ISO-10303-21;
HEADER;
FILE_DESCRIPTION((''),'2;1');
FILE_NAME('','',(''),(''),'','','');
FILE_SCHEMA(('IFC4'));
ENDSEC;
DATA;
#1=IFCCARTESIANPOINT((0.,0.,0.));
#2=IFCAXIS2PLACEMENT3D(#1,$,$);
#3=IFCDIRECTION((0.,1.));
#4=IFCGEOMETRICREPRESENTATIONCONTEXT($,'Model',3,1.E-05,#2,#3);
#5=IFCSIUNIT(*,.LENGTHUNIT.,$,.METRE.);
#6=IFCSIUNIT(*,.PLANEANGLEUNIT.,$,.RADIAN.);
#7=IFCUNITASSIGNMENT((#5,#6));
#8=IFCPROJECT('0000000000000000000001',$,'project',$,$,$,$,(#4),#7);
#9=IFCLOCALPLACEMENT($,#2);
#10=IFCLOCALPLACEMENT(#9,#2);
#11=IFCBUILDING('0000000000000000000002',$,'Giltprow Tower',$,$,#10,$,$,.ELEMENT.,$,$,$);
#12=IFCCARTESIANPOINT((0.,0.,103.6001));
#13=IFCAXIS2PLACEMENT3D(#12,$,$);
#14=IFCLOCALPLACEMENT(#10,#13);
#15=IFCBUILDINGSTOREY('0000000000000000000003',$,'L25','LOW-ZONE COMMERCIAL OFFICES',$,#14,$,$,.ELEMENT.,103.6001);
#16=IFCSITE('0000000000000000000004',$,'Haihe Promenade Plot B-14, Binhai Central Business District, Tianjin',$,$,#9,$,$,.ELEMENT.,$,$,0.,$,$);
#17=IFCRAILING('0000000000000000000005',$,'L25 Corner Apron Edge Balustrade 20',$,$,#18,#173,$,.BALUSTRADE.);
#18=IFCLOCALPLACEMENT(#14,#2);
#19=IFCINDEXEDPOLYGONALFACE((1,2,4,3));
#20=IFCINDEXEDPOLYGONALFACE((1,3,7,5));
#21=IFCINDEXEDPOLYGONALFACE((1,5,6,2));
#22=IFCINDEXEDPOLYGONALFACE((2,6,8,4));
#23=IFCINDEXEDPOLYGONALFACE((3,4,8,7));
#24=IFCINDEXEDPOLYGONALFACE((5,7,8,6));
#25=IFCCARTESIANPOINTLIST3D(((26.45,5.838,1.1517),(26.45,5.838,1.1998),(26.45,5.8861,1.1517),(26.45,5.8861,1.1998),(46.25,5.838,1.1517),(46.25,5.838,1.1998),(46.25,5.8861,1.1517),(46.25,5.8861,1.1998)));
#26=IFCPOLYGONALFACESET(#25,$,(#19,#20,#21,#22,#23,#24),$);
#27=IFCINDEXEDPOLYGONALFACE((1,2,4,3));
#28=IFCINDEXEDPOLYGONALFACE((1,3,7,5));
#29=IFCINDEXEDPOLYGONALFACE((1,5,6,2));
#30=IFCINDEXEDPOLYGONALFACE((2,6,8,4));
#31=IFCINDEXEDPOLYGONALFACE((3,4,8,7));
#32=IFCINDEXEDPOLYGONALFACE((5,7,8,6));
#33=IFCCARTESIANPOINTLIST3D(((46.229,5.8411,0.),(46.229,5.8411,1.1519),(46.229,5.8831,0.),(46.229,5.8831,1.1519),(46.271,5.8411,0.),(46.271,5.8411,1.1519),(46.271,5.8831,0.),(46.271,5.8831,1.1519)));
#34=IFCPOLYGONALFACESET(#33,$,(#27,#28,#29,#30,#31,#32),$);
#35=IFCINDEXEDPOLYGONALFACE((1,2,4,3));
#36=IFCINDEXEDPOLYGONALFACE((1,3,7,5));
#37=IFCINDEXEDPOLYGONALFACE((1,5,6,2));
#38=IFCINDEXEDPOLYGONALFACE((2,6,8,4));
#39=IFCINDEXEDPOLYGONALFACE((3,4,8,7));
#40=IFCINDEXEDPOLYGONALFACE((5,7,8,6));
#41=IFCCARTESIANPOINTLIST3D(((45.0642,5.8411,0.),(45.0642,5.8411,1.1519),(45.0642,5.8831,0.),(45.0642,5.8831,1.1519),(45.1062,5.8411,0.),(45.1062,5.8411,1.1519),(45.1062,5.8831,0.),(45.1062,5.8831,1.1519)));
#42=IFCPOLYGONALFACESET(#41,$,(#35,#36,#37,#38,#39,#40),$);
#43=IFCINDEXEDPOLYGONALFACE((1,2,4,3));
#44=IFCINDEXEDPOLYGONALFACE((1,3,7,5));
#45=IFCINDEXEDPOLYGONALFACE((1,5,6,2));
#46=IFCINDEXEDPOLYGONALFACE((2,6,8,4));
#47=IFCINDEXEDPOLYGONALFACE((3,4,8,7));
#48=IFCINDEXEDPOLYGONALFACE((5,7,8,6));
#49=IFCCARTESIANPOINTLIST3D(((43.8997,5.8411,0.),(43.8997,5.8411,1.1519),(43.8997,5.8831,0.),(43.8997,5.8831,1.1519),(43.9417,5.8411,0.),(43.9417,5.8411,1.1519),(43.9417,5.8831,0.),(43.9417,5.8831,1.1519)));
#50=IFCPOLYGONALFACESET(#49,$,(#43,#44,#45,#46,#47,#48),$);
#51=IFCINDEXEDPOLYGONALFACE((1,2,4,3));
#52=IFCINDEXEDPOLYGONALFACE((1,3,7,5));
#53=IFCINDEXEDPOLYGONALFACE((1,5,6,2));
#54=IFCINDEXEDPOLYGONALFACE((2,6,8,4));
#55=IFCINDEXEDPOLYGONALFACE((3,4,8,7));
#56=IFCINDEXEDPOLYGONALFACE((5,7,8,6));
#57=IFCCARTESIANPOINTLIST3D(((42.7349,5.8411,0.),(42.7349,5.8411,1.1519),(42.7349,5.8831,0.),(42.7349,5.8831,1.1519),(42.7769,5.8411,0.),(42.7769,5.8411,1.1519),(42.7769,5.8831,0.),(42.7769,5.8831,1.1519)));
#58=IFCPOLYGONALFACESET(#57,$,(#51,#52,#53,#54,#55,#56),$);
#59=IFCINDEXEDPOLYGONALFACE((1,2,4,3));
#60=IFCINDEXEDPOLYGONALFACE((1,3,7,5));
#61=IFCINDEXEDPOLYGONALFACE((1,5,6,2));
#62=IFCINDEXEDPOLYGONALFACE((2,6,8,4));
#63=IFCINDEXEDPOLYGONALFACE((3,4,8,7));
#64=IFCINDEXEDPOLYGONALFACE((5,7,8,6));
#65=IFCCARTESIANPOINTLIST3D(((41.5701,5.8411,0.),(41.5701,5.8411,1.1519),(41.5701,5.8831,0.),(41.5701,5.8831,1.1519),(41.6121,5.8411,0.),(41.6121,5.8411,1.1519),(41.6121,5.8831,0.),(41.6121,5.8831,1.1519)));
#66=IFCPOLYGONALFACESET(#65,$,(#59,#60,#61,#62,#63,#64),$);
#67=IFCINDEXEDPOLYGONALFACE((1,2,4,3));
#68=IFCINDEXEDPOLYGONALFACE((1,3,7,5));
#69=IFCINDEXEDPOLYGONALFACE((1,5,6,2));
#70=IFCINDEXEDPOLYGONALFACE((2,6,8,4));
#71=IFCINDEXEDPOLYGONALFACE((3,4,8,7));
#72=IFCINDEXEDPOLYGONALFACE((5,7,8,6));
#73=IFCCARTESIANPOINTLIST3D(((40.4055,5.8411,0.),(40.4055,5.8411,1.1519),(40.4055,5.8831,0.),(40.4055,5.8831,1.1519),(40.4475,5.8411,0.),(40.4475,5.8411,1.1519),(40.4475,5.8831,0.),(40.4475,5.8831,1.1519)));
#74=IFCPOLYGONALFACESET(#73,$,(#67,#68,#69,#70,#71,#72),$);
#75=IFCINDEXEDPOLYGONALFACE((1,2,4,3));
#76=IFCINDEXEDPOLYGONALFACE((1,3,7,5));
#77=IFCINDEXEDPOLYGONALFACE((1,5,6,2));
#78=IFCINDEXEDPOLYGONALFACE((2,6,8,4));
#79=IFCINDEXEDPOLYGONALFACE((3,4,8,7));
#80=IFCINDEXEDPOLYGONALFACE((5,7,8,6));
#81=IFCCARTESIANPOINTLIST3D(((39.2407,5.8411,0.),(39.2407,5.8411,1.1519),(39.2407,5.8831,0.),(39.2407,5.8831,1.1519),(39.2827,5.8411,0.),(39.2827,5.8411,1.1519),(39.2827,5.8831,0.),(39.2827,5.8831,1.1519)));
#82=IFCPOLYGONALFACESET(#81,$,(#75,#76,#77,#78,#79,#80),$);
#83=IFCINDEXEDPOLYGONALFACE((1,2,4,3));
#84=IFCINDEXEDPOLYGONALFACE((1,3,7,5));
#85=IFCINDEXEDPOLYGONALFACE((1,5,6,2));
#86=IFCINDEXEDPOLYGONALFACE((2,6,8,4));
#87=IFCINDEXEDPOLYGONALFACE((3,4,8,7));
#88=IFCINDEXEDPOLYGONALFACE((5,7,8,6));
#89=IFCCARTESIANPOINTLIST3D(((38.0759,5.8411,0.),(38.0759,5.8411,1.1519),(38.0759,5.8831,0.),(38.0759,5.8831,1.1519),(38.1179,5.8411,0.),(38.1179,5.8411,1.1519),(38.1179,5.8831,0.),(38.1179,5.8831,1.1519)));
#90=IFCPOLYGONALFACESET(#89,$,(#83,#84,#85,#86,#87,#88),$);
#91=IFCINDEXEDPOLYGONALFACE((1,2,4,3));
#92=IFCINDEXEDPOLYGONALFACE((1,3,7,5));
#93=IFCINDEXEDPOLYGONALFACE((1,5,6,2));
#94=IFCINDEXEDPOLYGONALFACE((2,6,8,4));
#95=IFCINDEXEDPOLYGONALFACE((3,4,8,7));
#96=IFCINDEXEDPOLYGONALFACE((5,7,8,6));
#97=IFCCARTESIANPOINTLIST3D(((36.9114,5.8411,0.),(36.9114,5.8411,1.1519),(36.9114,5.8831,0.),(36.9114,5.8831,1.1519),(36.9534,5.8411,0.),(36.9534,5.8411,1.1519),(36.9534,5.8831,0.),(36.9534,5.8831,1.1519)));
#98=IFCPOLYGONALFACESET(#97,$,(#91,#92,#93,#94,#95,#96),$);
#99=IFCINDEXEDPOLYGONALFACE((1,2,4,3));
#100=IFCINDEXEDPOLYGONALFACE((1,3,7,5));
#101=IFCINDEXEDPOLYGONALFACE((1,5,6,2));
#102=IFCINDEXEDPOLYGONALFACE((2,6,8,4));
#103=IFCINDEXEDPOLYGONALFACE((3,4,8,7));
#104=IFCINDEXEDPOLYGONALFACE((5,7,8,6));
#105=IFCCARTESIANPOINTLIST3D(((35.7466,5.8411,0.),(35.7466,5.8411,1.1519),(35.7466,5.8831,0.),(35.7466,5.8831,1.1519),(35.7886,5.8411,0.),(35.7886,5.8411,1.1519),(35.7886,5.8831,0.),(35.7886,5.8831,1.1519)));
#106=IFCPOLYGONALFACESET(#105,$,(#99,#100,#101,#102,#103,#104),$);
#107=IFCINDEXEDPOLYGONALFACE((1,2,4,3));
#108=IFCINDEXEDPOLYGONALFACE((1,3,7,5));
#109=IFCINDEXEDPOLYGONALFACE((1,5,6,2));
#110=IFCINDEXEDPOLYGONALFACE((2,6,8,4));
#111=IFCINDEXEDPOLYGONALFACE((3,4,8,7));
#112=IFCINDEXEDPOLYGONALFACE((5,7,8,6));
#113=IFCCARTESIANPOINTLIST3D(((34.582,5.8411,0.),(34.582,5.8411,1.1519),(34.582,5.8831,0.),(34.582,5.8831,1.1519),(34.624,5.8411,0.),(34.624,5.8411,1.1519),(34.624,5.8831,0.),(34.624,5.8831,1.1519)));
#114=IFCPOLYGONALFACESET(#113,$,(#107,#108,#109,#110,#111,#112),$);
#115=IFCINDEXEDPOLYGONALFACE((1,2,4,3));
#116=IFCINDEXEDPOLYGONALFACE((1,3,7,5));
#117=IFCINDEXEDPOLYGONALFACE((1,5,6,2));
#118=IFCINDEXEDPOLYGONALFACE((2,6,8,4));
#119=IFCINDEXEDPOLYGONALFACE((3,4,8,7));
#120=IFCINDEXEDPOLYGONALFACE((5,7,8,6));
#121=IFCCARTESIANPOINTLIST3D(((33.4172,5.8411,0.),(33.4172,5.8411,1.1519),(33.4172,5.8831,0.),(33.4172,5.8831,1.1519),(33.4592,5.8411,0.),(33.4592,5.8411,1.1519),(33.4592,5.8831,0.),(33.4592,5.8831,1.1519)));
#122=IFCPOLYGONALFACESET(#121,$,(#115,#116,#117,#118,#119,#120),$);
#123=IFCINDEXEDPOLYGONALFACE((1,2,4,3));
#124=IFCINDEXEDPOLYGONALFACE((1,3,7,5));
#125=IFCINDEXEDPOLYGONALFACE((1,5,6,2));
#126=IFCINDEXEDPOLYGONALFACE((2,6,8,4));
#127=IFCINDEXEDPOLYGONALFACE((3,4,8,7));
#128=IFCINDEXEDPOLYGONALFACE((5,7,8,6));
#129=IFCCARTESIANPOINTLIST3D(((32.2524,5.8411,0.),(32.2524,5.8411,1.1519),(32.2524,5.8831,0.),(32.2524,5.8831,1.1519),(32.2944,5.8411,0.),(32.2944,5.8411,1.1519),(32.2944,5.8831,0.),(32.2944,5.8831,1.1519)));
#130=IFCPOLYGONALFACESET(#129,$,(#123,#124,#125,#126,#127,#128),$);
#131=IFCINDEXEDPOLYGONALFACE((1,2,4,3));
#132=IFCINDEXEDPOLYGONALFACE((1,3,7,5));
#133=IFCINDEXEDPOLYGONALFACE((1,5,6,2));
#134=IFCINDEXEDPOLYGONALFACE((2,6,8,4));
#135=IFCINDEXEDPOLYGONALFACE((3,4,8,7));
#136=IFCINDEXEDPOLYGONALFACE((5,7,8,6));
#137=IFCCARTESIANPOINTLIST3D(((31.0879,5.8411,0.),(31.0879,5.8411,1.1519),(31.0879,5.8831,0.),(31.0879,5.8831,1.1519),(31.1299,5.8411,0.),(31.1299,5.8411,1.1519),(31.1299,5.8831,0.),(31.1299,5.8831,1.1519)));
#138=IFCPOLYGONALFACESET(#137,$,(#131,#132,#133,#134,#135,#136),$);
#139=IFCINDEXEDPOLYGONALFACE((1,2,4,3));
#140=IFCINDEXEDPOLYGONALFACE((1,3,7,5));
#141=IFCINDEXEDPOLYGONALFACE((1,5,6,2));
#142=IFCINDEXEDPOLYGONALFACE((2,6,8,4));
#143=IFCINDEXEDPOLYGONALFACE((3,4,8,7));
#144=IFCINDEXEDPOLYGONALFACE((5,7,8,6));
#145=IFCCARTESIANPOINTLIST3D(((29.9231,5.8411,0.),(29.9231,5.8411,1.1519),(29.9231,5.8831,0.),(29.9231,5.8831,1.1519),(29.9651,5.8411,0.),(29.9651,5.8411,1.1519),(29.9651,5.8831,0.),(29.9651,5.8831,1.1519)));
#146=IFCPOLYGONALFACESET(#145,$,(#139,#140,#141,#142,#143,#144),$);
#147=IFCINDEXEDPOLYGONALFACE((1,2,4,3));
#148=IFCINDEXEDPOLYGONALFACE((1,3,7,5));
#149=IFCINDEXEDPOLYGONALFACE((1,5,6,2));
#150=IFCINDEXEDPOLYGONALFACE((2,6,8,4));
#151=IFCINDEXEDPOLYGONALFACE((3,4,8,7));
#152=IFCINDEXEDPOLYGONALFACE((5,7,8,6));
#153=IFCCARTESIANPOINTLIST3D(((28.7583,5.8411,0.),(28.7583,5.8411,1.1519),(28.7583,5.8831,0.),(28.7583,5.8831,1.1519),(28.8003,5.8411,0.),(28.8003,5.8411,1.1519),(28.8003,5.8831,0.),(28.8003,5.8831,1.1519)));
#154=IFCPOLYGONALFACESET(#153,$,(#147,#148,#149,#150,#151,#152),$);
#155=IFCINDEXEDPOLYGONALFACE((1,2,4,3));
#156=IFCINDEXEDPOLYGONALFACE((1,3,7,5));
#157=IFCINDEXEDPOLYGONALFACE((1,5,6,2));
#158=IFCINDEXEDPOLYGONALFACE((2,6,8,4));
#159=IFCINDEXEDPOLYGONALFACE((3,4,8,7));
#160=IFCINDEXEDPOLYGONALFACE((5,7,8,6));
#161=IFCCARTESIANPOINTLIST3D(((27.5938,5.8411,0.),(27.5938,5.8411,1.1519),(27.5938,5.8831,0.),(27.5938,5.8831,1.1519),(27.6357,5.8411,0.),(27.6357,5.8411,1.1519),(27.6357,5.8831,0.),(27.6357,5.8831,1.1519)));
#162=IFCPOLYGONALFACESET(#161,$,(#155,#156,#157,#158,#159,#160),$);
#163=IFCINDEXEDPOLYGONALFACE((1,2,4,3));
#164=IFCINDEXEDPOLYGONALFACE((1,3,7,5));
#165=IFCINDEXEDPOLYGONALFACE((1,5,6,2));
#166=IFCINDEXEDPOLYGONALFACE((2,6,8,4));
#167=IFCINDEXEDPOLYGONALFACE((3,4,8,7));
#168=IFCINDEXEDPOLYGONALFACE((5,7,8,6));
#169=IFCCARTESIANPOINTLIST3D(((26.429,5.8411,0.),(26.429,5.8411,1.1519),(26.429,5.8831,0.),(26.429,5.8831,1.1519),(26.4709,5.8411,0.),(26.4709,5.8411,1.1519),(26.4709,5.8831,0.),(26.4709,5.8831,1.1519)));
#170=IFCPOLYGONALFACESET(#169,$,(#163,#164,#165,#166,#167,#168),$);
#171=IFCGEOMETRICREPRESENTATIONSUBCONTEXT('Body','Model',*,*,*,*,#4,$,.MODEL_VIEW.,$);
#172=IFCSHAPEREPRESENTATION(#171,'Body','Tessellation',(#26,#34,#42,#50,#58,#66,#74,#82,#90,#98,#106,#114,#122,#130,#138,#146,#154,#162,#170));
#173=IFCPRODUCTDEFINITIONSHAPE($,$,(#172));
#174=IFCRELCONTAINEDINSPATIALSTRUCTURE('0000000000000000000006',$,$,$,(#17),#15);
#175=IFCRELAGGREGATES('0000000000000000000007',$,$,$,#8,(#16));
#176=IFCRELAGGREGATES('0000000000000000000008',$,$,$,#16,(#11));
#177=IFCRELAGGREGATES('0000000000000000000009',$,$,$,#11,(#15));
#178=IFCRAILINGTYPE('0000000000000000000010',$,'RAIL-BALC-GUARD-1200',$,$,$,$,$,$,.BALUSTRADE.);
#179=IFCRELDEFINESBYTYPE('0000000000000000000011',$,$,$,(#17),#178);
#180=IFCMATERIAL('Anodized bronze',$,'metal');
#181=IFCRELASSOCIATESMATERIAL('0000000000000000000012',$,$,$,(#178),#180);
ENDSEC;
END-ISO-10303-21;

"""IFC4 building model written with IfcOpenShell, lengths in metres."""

from ifc_helpers import new_model, si_unit, direction, frame, origin, origin_2d, place, context, subcontext, project, spatial, rectangle, extrude, material, type_object, element, save


model = new_model("IFC4")

# Units and contexts
model_context = context("Model", 3, precision=1e-05, world=origin(), true_north=direction((0.0, 1.0)))
body_context = subcontext(model_context, "Body", "Model", "MODEL_VIEW")
ifc_project = project(units=[si_unit("LENGTHUNIT", "METRE"), si_unit("PLANEANGLEUNIT", "RADIAN")], contexts=[model_context])

# Site, building, storey
site_placement = place(None, origin())
site = spatial("IfcSite", under=ifc_project, at=site_placement, Name="Haihe Promenade Plot B-14, Binhai Central Business District, Tianjin", CompositionType="ELEMENT", RefElevation=0.0)
building_placement = place(site_placement, origin())
building = spatial("IfcBuilding", under=site, at=building_placement, Name="Giltprow Tower", CompositionType="ELEMENT")
storey_placement = place(building_placement, frame((0.0, 0.0, 103.6001)))
storey = spatial("IfcBuildingStorey", under=building, at=storey_placement, Name="L25", Description="LOW-ZONE COMMERCIAL OFFICES", CompositionType="ELEMENT", Elevation=103.6001)

# Shared definitions
ifc_material_1 = material(Name="Anodized bronze", Category="metal")

# Railing
railing_type = type_object("IfcRailingType", Name="RAIL-BALC-GUARD-1200", PredefinedType="BALUSTRADE", material=ifc_material_1)
railing_1_placement = place(storey_placement, frame((46.25, 5.8621, 0.0)))
element("IfcRailing", 1, at=railing_1_placement, inside=storey, type_object=railing_type, Name="L25 Corner Apron Edge Balustrade 20", PredefinedType="BALUSTRADE", context=body_context, shape_type="SweptSolid", body=[
    extrude(rectangle(XDim=0.0481, YDim=0.0481, at=origin_2d()), frame((0.0, 0.0, 1.1758), z_axis=(-1.0, 0.0, 0.0), x_axis=(0.0, -1.0, 0.0)), (0.0, 0.0, 1.0), 19.8),
    extrude(rectangle(XDim=0.042, YDim=0.042, at=origin_2d()), origin(), (0.0, 0.0, 1.0), 1.1519),
    extrude(rectangle(XDim=0.042, YDim=0.042, at=origin_2d()), frame((-1.1648, 0.0, 0.0)), (0.0, 0.0, 1.0), 1.1519),
    extrude(rectangle(XDim=0.042, YDim=0.042, at=origin_2d()), frame((-2.3293, 0.0, 0.0)), (0.0, 0.0, 1.0), 1.1519),
    extrude(rectangle(XDim=0.042, YDim=0.042, at=origin_2d()), frame((-3.4941, 0.0, 0.0)), (0.0, 0.0, 1.0), 1.1519),
    extrude(rectangle(XDim=0.042, YDim=0.042, at=origin_2d()), frame((-4.6589, 0.0, 0.0)), (0.0, 0.0, 1.0), 1.1519),
    extrude(rectangle(XDim=0.042, YDim=0.042, at=origin_2d()), frame((-5.8235, 0.0, 0.0)), (0.0, 0.0, 1.0), 1.1519),
    extrude(rectangle(XDim=0.042, YDim=0.042, at=origin_2d()), frame((-6.9883, 0.0, 0.0)), (0.0, 0.0, 1.0), 1.1519),
    extrude(rectangle(XDim=0.042, YDim=0.042, at=origin_2d()), frame((-8.1531, 0.0, 0.0)), (0.0, 0.0, 1.0), 1.1519),
    extrude(rectangle(XDim=0.042, YDim=0.042, at=origin_2d()), frame((-9.3176, 0.0, 0.0)), (0.0, 0.0, 1.0), 1.1519),
    extrude(rectangle(XDim=0.042, YDim=0.042, at=origin_2d()), frame((-10.4824, 0.0, 0.0)), (0.0, 0.0, 1.0), 1.1519),
    extrude(rectangle(XDim=0.042, YDim=0.042, at=origin_2d()), frame((-11.647, 0.0, 0.0)), (0.0, 0.0, 1.0), 1.1519),
    extrude(rectangle(XDim=0.042, YDim=0.042, at=origin_2d()), frame((-12.8118, 0.0, 0.0)), (0.0, 0.0, 1.0), 1.1519),
    extrude(rectangle(XDim=0.042, YDim=0.042, at=origin_2d()), frame((-13.9766, 0.0, 0.0)), (0.0, 0.0, 1.0), 1.1519),
    extrude(rectangle(XDim=0.042, YDim=0.042, at=origin_2d()), frame((-15.1411, 0.0, 0.0)), (0.0, 0.0, 1.0), 1.1519),
    extrude(rectangle(XDim=0.042, YDim=0.042, at=origin_2d()), frame((-16.3059, 0.0, 0.0)), (0.0, 0.0, 1.0), 1.1519),
    extrude(rectangle(XDim=0.042, YDim=0.042, at=origin_2d()), frame((-17.4707, 0.0, 0.0)), (0.0, 0.0, 1.0), 1.1519),
    extrude(rectangle(XDim=0.042, YDim=0.042, at=origin_2d()), frame((-18.6353, 0.0, 0.0)), (0.0, 0.0, 1.0), 1.1519),
    extrude(rectangle(XDim=0.042, YDim=0.042, at=origin_2d()), frame((-19.8, 0.0, 0.0)), (0.0, 0.0, 1.0), 1.1519),
])

save(model, "model.ifc")
